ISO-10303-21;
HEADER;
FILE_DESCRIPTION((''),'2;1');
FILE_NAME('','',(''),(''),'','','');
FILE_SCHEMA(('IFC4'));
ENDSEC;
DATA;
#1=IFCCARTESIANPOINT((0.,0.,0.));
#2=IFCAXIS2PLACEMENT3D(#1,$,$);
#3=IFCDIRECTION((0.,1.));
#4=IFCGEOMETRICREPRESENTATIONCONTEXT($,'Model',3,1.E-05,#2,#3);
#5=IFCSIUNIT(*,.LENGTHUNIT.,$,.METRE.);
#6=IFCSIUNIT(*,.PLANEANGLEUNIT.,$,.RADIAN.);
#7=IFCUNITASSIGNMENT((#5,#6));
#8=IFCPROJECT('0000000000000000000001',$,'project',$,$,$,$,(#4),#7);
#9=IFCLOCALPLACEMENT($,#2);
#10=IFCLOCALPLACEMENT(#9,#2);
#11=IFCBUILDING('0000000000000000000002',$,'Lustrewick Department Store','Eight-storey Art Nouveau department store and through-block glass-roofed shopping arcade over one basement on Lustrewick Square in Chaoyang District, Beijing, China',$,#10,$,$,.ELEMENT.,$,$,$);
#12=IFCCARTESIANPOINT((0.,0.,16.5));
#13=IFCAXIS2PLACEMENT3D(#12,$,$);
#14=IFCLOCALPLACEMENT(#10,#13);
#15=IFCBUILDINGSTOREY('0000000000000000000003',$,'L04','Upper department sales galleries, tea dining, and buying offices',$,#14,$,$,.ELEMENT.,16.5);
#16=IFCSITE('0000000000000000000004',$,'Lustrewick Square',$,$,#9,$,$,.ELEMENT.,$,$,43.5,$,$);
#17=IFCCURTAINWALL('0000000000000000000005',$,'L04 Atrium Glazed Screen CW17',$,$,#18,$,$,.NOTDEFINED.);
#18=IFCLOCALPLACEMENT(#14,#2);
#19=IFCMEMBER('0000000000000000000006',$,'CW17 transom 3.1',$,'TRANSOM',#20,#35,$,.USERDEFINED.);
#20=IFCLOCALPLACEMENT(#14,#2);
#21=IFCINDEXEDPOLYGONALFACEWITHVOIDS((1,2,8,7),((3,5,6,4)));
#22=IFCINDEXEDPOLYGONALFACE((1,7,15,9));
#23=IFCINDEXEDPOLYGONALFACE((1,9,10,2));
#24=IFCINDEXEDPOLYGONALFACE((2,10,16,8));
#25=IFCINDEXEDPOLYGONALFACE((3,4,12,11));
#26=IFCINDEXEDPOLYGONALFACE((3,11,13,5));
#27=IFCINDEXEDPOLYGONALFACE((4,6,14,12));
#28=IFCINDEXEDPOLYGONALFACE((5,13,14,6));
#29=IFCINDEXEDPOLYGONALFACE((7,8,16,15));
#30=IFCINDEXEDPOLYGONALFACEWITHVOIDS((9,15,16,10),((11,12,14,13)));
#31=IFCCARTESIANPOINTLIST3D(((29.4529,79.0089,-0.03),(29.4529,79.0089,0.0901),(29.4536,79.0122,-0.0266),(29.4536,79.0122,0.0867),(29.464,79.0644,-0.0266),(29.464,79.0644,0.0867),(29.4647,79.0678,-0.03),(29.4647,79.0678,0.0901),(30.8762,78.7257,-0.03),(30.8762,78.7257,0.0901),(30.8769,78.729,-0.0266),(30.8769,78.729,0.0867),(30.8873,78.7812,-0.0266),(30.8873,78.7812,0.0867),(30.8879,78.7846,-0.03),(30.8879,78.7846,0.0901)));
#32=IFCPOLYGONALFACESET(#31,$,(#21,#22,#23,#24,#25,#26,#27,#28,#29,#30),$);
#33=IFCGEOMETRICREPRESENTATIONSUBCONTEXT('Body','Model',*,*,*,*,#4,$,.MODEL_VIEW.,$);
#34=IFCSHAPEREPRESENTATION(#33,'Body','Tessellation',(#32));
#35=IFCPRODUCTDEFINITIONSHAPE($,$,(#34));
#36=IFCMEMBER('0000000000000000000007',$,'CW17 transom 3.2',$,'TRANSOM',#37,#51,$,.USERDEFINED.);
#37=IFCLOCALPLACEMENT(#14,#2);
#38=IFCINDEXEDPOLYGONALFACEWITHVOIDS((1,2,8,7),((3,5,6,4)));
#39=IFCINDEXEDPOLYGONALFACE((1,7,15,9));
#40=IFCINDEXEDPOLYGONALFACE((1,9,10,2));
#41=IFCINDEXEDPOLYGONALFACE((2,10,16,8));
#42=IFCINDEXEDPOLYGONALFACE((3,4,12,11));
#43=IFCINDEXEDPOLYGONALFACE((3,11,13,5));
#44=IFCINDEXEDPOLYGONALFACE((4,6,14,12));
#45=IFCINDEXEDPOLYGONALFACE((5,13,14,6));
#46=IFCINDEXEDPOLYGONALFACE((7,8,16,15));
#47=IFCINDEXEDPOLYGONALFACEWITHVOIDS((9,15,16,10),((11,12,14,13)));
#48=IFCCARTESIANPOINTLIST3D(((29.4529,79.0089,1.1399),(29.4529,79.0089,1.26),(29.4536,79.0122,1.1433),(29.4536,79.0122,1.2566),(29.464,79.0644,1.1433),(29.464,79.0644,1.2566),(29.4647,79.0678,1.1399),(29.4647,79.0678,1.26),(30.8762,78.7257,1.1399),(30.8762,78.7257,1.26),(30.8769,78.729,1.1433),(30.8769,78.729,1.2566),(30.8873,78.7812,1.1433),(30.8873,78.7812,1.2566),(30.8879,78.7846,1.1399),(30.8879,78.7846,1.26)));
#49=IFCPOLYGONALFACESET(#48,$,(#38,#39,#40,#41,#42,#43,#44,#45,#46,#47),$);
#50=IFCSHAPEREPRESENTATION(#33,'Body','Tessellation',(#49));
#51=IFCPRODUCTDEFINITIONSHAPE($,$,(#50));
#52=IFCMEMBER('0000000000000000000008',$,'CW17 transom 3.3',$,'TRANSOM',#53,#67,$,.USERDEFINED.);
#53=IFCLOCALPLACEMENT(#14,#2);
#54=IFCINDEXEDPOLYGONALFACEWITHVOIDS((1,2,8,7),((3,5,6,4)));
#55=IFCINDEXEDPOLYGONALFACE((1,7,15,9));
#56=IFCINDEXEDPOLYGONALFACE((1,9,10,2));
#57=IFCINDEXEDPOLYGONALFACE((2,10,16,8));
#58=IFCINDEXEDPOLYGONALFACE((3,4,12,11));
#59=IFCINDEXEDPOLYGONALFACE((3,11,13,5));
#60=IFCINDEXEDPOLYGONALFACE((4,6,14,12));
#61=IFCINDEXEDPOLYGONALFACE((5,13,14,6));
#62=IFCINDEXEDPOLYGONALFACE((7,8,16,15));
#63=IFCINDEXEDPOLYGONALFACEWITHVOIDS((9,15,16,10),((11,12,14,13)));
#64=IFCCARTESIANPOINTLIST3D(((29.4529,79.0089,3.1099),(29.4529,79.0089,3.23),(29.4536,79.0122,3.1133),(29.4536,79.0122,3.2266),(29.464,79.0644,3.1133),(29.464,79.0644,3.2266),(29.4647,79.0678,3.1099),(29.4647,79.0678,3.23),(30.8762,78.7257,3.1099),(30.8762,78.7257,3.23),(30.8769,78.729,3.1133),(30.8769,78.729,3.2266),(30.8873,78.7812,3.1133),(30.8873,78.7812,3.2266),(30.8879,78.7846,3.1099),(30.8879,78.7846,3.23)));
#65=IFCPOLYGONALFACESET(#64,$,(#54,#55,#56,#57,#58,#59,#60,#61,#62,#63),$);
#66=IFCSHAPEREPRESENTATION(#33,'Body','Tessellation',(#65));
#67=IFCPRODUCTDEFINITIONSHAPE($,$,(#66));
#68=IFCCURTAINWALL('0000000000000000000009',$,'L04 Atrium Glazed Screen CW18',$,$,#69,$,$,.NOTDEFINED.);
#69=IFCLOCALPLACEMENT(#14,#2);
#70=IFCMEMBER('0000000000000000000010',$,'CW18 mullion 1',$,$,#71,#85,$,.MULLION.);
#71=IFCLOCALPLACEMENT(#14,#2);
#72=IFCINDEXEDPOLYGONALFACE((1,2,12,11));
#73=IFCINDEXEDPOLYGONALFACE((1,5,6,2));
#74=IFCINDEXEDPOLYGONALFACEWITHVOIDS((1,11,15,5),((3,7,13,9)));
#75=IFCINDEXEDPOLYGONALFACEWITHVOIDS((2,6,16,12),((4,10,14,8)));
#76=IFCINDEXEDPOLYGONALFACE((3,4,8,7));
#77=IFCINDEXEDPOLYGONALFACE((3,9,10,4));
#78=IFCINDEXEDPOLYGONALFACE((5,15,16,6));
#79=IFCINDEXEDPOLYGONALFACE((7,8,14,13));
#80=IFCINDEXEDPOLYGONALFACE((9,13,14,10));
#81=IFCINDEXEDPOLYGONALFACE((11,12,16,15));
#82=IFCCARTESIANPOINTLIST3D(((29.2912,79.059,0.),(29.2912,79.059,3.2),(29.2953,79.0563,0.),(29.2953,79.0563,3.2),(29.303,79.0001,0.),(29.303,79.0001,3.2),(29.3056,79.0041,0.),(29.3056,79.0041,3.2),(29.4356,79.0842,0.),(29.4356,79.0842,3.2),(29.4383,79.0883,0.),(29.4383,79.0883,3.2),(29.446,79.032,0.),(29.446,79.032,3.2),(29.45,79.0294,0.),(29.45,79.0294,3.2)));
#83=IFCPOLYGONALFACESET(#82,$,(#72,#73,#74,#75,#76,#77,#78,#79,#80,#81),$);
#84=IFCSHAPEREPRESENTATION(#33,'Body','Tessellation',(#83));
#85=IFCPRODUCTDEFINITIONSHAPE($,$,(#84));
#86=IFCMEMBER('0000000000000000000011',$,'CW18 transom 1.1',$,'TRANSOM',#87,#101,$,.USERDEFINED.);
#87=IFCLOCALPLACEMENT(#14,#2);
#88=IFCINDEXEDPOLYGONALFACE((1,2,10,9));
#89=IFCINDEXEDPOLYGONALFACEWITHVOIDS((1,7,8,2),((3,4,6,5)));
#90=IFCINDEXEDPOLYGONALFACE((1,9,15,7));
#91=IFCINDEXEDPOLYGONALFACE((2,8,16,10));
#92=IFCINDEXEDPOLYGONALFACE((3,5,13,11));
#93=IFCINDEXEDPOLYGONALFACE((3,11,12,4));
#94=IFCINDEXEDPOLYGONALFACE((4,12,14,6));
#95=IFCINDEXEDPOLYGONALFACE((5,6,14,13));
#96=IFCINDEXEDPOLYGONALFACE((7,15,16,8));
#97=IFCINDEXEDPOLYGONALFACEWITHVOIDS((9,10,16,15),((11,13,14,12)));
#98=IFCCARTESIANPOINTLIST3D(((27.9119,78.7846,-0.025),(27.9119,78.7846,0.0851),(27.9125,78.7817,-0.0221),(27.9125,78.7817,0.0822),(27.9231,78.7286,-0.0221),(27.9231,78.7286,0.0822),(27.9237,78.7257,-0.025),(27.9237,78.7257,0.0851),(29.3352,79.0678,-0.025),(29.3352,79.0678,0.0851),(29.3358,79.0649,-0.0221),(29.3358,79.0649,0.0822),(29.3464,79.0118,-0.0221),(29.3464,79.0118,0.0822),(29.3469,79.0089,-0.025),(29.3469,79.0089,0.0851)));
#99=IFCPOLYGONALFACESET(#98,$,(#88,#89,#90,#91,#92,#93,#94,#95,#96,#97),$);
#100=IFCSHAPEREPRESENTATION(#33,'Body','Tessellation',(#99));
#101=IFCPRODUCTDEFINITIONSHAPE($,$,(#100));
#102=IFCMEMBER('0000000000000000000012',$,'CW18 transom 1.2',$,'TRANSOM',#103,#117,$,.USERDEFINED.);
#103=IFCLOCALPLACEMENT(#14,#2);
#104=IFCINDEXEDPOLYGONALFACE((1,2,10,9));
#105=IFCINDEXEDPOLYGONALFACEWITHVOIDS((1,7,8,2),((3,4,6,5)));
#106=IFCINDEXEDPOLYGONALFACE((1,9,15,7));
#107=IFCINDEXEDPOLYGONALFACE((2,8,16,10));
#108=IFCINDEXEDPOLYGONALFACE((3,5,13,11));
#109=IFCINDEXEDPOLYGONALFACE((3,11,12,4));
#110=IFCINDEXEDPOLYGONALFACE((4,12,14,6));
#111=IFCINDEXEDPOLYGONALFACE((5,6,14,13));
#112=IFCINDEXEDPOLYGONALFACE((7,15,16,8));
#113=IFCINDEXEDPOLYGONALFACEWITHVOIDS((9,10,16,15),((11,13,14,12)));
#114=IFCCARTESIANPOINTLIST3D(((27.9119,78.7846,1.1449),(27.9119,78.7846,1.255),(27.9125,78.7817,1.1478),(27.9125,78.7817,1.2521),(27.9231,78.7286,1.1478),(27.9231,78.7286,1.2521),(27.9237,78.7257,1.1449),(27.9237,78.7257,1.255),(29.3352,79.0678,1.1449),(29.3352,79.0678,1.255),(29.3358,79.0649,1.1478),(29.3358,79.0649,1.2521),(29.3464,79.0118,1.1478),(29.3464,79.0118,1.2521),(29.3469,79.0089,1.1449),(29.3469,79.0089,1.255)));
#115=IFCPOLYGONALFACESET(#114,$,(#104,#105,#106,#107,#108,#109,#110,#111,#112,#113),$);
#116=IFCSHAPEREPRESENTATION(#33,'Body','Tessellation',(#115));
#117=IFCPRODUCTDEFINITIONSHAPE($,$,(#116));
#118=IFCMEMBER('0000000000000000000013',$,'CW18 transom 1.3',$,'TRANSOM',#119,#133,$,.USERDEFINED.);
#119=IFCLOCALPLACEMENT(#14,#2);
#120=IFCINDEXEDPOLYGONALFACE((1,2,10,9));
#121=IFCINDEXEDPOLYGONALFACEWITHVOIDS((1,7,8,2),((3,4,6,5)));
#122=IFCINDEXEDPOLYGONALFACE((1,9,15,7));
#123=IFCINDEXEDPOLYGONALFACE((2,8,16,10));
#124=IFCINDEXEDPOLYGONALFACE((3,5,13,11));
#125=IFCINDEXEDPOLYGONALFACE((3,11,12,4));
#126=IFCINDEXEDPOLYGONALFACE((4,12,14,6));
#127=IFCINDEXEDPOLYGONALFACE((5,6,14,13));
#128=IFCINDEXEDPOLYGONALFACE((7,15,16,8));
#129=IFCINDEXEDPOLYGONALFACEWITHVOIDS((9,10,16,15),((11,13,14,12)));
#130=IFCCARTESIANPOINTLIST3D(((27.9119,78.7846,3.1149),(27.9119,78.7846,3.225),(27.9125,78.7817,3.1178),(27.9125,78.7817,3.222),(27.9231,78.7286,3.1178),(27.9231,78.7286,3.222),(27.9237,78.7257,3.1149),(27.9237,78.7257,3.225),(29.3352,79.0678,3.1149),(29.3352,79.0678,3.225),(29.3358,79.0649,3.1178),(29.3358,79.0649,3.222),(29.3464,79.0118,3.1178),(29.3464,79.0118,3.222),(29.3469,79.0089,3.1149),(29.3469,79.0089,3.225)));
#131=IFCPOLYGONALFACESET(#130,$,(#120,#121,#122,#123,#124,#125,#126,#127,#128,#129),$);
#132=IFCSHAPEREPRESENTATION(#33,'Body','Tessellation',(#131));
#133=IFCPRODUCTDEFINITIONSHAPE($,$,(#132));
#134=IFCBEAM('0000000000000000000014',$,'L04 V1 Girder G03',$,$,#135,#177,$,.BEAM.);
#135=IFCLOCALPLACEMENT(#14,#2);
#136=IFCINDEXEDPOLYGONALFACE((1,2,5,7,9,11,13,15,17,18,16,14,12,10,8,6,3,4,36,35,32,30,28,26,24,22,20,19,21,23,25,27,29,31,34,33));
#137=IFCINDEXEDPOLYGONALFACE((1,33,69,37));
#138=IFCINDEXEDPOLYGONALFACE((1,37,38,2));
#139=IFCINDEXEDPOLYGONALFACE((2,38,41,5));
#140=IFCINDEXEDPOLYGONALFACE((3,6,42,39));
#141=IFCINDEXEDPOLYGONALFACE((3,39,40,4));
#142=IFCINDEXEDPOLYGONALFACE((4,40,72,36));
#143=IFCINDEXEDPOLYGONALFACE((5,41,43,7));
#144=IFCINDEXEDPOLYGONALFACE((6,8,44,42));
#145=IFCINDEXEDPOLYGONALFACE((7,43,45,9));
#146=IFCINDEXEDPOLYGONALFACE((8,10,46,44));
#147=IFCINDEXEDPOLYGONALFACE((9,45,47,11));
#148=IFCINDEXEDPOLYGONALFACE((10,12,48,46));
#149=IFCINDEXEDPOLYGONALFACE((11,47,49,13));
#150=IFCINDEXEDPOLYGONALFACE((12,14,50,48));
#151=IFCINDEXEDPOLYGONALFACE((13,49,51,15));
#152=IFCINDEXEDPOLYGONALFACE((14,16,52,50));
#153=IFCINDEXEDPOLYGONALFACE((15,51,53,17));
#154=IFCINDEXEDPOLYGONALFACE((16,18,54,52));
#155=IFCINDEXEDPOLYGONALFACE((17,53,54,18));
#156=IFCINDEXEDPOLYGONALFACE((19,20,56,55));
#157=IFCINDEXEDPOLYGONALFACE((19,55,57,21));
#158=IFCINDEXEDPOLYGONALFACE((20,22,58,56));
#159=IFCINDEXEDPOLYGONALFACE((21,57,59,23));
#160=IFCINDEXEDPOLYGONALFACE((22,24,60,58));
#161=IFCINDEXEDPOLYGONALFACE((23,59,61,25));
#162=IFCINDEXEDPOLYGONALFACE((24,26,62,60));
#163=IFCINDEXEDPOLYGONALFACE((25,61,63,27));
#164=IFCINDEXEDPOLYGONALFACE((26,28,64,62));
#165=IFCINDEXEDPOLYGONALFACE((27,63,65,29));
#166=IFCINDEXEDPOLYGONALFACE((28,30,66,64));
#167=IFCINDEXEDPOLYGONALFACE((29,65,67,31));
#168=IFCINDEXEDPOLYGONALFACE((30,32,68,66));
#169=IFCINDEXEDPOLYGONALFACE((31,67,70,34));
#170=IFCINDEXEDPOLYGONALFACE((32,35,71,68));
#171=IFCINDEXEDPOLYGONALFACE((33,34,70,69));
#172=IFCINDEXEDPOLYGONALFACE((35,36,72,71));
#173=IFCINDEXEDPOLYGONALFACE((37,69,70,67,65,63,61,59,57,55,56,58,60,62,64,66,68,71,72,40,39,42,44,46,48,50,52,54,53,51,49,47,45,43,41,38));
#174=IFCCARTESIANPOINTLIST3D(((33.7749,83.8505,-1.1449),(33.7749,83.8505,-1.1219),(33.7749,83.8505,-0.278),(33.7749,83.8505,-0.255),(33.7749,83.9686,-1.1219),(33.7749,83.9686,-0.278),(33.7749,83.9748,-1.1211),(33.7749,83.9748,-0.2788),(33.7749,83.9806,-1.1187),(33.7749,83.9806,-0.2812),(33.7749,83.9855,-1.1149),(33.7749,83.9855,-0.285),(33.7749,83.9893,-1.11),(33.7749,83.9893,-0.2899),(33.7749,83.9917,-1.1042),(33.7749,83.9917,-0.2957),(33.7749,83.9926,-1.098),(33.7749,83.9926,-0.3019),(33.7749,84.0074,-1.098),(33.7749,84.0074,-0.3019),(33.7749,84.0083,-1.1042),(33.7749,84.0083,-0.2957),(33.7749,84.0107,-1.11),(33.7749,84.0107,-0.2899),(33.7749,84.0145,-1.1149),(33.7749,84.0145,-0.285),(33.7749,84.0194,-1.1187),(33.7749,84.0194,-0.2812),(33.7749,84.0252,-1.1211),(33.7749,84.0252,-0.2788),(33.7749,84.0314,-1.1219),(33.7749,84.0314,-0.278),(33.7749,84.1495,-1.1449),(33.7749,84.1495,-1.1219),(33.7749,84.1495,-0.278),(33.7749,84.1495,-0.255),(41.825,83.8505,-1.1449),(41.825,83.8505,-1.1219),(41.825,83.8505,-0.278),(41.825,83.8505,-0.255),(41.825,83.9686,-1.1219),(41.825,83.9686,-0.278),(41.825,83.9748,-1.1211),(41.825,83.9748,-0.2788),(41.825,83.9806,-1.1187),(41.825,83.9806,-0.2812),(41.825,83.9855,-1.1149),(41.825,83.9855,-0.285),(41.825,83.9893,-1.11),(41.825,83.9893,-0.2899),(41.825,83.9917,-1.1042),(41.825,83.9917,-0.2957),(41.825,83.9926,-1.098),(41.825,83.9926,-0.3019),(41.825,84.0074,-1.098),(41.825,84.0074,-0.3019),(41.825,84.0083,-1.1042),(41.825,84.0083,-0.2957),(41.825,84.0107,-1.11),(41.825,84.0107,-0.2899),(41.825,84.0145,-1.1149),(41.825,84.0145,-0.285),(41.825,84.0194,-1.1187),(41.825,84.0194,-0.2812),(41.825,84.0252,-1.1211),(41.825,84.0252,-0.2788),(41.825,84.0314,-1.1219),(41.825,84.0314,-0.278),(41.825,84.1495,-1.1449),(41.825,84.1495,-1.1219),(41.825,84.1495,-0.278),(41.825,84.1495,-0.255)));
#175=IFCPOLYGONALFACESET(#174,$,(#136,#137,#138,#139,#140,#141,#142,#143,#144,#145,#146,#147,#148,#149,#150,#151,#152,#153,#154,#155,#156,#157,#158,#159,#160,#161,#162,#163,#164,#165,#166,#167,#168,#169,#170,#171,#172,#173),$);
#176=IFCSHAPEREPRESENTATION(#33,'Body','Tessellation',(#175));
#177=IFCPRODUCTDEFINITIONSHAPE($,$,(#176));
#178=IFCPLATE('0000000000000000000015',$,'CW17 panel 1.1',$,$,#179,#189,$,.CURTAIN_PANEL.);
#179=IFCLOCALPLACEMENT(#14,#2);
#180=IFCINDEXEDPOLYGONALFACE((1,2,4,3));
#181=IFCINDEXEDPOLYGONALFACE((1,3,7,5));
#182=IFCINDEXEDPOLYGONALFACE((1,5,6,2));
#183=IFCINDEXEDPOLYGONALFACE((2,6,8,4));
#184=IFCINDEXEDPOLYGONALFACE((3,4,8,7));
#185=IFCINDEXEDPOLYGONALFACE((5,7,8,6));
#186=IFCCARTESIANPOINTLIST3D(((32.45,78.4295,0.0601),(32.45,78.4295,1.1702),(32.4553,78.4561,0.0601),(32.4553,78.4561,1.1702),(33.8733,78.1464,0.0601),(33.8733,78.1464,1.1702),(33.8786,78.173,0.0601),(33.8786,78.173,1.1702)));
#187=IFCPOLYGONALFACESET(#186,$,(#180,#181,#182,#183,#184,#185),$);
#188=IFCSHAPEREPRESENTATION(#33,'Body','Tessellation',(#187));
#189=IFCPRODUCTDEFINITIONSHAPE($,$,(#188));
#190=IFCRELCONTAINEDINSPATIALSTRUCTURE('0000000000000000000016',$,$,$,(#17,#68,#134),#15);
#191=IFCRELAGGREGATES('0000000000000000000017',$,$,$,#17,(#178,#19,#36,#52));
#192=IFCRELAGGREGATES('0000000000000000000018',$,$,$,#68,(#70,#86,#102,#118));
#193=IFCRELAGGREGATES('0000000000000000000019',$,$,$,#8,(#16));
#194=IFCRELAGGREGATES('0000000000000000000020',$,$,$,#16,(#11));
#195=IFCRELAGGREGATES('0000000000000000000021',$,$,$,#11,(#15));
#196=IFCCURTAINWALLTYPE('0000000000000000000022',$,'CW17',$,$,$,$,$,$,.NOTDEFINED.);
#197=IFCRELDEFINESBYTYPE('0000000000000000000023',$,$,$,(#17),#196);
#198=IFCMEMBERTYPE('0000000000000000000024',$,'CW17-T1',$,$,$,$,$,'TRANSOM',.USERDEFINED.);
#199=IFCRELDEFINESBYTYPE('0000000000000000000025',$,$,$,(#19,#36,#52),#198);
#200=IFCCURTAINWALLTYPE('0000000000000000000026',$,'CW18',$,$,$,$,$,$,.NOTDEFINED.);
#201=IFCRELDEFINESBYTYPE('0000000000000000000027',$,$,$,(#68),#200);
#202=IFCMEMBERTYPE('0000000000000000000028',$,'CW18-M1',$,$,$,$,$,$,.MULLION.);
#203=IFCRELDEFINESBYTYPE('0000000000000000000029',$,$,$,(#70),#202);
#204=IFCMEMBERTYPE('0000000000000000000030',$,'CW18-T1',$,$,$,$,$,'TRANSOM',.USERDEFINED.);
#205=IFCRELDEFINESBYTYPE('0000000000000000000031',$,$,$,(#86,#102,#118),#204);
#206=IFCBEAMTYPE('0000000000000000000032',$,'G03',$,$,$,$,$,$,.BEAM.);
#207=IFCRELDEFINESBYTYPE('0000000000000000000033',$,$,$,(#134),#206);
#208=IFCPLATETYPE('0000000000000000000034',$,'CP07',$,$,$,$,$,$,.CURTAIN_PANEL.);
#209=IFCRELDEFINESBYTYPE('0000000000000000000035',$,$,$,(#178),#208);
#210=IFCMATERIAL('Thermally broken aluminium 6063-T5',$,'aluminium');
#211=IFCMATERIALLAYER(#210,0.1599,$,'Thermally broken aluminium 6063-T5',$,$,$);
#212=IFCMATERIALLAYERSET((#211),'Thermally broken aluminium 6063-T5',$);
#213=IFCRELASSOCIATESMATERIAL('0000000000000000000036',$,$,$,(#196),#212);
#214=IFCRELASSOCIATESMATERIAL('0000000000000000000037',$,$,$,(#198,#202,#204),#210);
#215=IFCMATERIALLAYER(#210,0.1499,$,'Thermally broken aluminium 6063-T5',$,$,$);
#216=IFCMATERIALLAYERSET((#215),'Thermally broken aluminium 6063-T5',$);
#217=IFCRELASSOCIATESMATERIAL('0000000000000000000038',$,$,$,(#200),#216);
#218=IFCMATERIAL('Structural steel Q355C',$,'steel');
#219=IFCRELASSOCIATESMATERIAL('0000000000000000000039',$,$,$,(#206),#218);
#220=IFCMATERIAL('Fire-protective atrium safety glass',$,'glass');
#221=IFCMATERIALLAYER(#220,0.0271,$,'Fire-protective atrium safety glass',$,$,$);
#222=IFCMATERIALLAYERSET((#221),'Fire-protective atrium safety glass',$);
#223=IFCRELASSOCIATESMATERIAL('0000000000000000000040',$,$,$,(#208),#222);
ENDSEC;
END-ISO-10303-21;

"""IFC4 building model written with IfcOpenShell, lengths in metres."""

from ifc_helpers import new_model, si_unit, direction, frame, origin, origin_2d, place, context, subcontext, project, spatial, rectangle, hollow_rectangle, i_section, extrude, material, layer, layer_set, material_profile, profile_set, type_object, element, aggregate, save


model = new_model("IFC4")

# Units and contexts
model_context = context("Model", 3, precision=1e-05, world=origin(), true_north=direction((0.0, 1.0)))
body_context = subcontext(model_context, "Body", "Model", "MODEL_VIEW")
ifc_project = project(units=[si_unit("LENGTHUNIT", "METRE"), si_unit("PLANEANGLEUNIT", "RADIAN")], contexts=[model_context])

# Site, building, storey
site_placement = place(None, origin())
site = spatial("IfcSite", under=ifc_project, at=site_placement, Name="Lustrewick Square", CompositionType="ELEMENT", RefElevation=43.5)
building_placement = place(site_placement, origin())
building = spatial("IfcBuilding", under=site, at=building_placement, Name="Lustrewick Department Store", Description="Eight-storey Art Nouveau department store and through-block glass-roofed shopping arcade over one basement on Lustrewick Square in Chaoyang District, Beijing, China", CompositionType="ELEMENT")
storey_placement = place(building_placement, frame((0.0, 0.0, 16.5)))
storey = spatial("IfcBuildingStorey", under=building, at=storey_placement, Name="L04", Description="Upper department sales galleries, tea dining, and buying offices", CompositionType="ELEMENT", Elevation=16.5)

# Shared definitions
ifc_material_1 = material(Name="Structural steel Q355C", Category="steel")

# Curtain walls, members
ifc_material_2 = material(Name="Thermally broken aluminium 6063-T5", Category="aluminium")
ifc_layer_1 = layer(ifc_material_2, 0.1599, Name="Thermally broken aluminium 6063-T5")
ifc_layer_set_1 = layer_set([ifc_layer_1], Name="Thermally broken aluminium 6063-T5")
curtain_wall_type_1 = type_object("IfcCurtainWallType", Name="CW17", PredefinedType="NOTDEFINED", material=ifc_layer_set_1)
curtain_wall_1_placement = place(storey_placement, origin())
curtain_wall_1 = element("IfcCurtainWall", 1, at=curtain_wall_1_placement, inside=storey, type_object=curtain_wall_type_1, Name="L04 Atrium Glazed Screen CW17", PredefinedType="NOTDEFINED")
ifc_material_profile_1 = material_profile(ifc_material_2, hollow_rectangle(XDim=0.0601, YDim=0.1201, WallThickness=0.0034, at=origin_2d()), Name="ALU-T 60x120x3.5")
ifc_profile_set_1 = profile_set([ifc_material_profile_1], Name="Thermally broken aluminium 6063-T5")
member_type_1 = type_object("IfcMemberType", Name="CW17-T1", ElementType="TRANSOM", PredefinedType="USERDEFINED", material=ifc_profile_set_1)
member_1_placement = place(storey_placement, frame((30.8821, 78.7551, 0.03), z_axis=(-0.980774, 0.195145, 0.0), x_axis=(-0.195145, -0.980774, 0.0)))
member_1 = element("IfcMember", 2, at=member_1_placement, type_object=member_type_1, Name="CW17 transom 3.1", ObjectType="TRANSOM", PredefinedType="USERDEFINED", context=body_context, shape_type="SweptSolid", body=[
    extrude(hollow_rectangle(XDim=0.0601, YDim=0.1201, WallThickness=0.0034, at=origin_2d()), origin(), (0.0, 0.0, 1.0), 1.4512),
])
member_2_placement = place(storey_placement, frame((30.8821, 78.7551, 1.2), z_axis=(-0.980774, 0.195145, 0.0), x_axis=(-0.195145, -0.980774, 0.0)))
member_2 = element("IfcMember", 3, at=member_2_placement, type_object=member_type_1, Name="CW17 transom 3.2", ObjectType="TRANSOM", PredefinedType="USERDEFINED", context=body_context, shape_type="SweptSolid", body=[
    extrude(hollow_rectangle(XDim=0.0601, YDim=0.1201, WallThickness=0.0034, at=origin_2d()), origin(), (0.0, 0.0, 1.0), 1.4512),
])
member_3_placement = place(storey_placement, frame((30.8821, 78.7551, 3.1699), z_axis=(-0.980774, 0.195145, 0.0), x_axis=(-0.195145, -0.980774, 0.0)))
member_3 = element("IfcMember", 4, at=member_3_placement, type_object=member_type_1, Name="CW17 transom 3.3", ObjectType="TRANSOM", PredefinedType="USERDEFINED", context=body_context, shape_type="SweptSolid", body=[
    extrude(hollow_rectangle(XDim=0.0601, YDim=0.1201, WallThickness=0.0034, at=origin_2d()), origin(), (0.0, 0.0, 1.0), 1.4512),
])
ifc_layer_2 = layer(ifc_material_2, 0.1499, Name="Thermally broken aluminium 6063-T5")
ifc_layer_set_2 = layer_set([ifc_layer_2], Name="Thermally broken aluminium 6063-T5")
curtain_wall_type_2 = type_object("IfcCurtainWallType", Name="CW18", PredefinedType="NOTDEFINED", material=ifc_layer_set_2)
curtain_wall_2_placement = place(storey_placement, origin())
curtain_wall_2 = element("IfcCurtainWall", 5, at=curtain_wall_2_placement, inside=storey, type_object=curtain_wall_type_2, Name="L04 Atrium Glazed Screen CW18", PredefinedType="NOTDEFINED")
ifc_material_profile_2 = material_profile(ifc_material_2, hollow_rectangle(XDim=0.0601, YDim=0.1499, WallThickness=0.0034, at=origin_2d()), Name="ALU-M 60x150x3.5")
ifc_profile_set_2 = profile_set([ifc_material_profile_2], Name="Thermally broken aluminium 6063-T5")
member_type_2 = type_object("IfcMemberType", Name="CW18-M1", PredefinedType="MULLION", material=ifc_profile_set_2)
member_4_placement = place(storey_placement, frame((29.3706, 79.0442, 0.0), z_axis=(0.0, 0.0, 1.0), x_axis=(0.195085, -0.980786, 0.0)))
member_4 = element("IfcMember", 6, at=member_4_placement, type_object=member_type_2, Name="CW18 mullion 1", PredefinedType="MULLION", context=body_context, shape_type="SweptSolid", body=[
    extrude(hollow_rectangle(XDim=0.0601, YDim=0.1499, WallThickness=0.0034, at=origin_2d()), origin(), (0.0, 0.0, 1.0), 3.2),
])
ifc_material_profile_3 = material_profile(ifc_material_2, hollow_rectangle(XDim=0.0601, YDim=0.1101, WallThickness=0.0029, at=origin_2d()), Name="ALU-T 60x110x3")
ifc_profile_set_3 = profile_set([ifc_material_profile_3], Name="Thermally broken aluminium 6063-T5")
member_type_3 = type_object("IfcMemberType", Name="CW18-T1", ElementType="TRANSOM", PredefinedType="USERDEFINED", material=ifc_profile_set_3)
member_5_placement = place(storey_placement, frame((29.3411, 79.0383, 0.03), z_axis=(-0.980774, -0.195145, 0.0), x_axis=(0.195145, -0.980774, 0.0)))
member_5 = element("IfcMember", 7, at=member_5_placement, type_object=member_type_3, Name="CW18 transom 1.1", ObjectType="TRANSOM", PredefinedType="USERDEFINED", context=body_context, shape_type="SweptSolid", body=[
    extrude(hollow_rectangle(XDim=0.0601, YDim=0.1101, WallThickness=0.0029, at=origin_2d()), origin(), (0.0, 0.0, 1.0), 1.4512),
])
member_6_placement = place(storey_placement, frame((29.3411, 79.0383, 1.2), z_axis=(-0.980774, -0.195145, 0.0), x_axis=(0.195145, -0.980774, 0.0)))
member_6 = element("IfcMember", 8, at=member_6_placement, type_object=member_type_3, Name="CW18 transom 1.2", ObjectType="TRANSOM", PredefinedType="USERDEFINED", context=body_context, shape_type="SweptSolid", body=[
    extrude(hollow_rectangle(XDim=0.0601, YDim=0.1101, WallThickness=0.0029, at=origin_2d()), origin(), (0.0, 0.0, 1.0), 1.4512),
])
member_7_placement = place(storey_placement, frame((29.3411, 79.0383, 3.1699), z_axis=(-0.980774, -0.195145, 0.0), x_axis=(0.195145, -0.980774, 0.0)))
member_7 = element("IfcMember", 9, at=member_7_placement, type_object=member_type_3, Name="CW18 transom 1.3", ObjectType="TRANSOM", PredefinedType="USERDEFINED", context=body_context, shape_type="SweptSolid", body=[
    extrude(hollow_rectangle(XDim=0.0601, YDim=0.1101, WallThickness=0.0029, at=origin_2d()), origin(), (0.0, 0.0, 1.0), 1.4512),
])

# Beam
ifc_material_profile_4 = material_profile(ifc_material_1, i_section(OverallWidth=0.2991, OverallDepth=0.8899, WebThickness=0.0149, FlangeThickness=0.0229, FilletRadius=0.0239, at=origin_2d()), Name="HN 890x299x15x23")
ifc_profile_set_4 = profile_set([ifc_material_profile_4], Name="Structural steel Q355C")
beam_type = type_object("IfcBeamType", Name="G03", PredefinedType="BEAM", material=ifc_profile_set_4)
beam_placement = place(storey_placement, frame((33.7749, 84.0, -0.7), z_axis=(1.0, 0.0, 0.0), x_axis=(0.0, 1.0, 0.0)))
element("IfcBeam", 10, at=beam_placement, inside=storey, type_object=beam_type, Name="L04 V1 Girder G03", PredefinedType="BEAM", context=body_context, shape_type="SweptSolid", body=[
    extrude(i_section(OverallWidth=0.2991, OverallDepth=0.8899, WebThickness=0.0149, FlangeThickness=0.0229, FilletRadius=0.0239, at=origin_2d()), origin(), (0.0, 0.0, 1.0), 8.05),
])

# Plate
ifc_material_3 = material(Name="Fire-protective atrium safety glass", Category="glass")
ifc_layer_3 = layer(ifc_material_3, 0.0271, Name="Fire-protective atrium safety glass")
ifc_layer_set_3 = layer_set([ifc_layer_3], Name="Fire-protective atrium safety glass")
plate_type_1 = type_object("IfcPlateType", Name="CP07", PredefinedType="CURTAIN_PANEL", material=ifc_layer_set_3)
plate_1_placement = place(storey_placement, frame((33.1643, 78.3013, 0.0601), z_axis=(0.0, 0.0, 1.0), x_axis=(-0.980786, 0.195085, 0.0)))
plate_1 = element("IfcPlate", 11, at=plate_1_placement, type_object=plate_type_1, Name="CW17 panel 1.1", PredefinedType="CURTAIN_PANEL", context=body_context, shape_type="SweptSolid", body=[
    extrude(rectangle(XDim=1.4512, YDim=0.0271, at=origin_2d()), origin(), (0.0, 0.0, 1.0), 1.1101),
])
aggregate(curtain_wall_1, [plate_1, member_1, member_2, member_3])
aggregate(curtain_wall_2, [member_4, member_5, member_6, member_7])

save(model, "model.ifc")
